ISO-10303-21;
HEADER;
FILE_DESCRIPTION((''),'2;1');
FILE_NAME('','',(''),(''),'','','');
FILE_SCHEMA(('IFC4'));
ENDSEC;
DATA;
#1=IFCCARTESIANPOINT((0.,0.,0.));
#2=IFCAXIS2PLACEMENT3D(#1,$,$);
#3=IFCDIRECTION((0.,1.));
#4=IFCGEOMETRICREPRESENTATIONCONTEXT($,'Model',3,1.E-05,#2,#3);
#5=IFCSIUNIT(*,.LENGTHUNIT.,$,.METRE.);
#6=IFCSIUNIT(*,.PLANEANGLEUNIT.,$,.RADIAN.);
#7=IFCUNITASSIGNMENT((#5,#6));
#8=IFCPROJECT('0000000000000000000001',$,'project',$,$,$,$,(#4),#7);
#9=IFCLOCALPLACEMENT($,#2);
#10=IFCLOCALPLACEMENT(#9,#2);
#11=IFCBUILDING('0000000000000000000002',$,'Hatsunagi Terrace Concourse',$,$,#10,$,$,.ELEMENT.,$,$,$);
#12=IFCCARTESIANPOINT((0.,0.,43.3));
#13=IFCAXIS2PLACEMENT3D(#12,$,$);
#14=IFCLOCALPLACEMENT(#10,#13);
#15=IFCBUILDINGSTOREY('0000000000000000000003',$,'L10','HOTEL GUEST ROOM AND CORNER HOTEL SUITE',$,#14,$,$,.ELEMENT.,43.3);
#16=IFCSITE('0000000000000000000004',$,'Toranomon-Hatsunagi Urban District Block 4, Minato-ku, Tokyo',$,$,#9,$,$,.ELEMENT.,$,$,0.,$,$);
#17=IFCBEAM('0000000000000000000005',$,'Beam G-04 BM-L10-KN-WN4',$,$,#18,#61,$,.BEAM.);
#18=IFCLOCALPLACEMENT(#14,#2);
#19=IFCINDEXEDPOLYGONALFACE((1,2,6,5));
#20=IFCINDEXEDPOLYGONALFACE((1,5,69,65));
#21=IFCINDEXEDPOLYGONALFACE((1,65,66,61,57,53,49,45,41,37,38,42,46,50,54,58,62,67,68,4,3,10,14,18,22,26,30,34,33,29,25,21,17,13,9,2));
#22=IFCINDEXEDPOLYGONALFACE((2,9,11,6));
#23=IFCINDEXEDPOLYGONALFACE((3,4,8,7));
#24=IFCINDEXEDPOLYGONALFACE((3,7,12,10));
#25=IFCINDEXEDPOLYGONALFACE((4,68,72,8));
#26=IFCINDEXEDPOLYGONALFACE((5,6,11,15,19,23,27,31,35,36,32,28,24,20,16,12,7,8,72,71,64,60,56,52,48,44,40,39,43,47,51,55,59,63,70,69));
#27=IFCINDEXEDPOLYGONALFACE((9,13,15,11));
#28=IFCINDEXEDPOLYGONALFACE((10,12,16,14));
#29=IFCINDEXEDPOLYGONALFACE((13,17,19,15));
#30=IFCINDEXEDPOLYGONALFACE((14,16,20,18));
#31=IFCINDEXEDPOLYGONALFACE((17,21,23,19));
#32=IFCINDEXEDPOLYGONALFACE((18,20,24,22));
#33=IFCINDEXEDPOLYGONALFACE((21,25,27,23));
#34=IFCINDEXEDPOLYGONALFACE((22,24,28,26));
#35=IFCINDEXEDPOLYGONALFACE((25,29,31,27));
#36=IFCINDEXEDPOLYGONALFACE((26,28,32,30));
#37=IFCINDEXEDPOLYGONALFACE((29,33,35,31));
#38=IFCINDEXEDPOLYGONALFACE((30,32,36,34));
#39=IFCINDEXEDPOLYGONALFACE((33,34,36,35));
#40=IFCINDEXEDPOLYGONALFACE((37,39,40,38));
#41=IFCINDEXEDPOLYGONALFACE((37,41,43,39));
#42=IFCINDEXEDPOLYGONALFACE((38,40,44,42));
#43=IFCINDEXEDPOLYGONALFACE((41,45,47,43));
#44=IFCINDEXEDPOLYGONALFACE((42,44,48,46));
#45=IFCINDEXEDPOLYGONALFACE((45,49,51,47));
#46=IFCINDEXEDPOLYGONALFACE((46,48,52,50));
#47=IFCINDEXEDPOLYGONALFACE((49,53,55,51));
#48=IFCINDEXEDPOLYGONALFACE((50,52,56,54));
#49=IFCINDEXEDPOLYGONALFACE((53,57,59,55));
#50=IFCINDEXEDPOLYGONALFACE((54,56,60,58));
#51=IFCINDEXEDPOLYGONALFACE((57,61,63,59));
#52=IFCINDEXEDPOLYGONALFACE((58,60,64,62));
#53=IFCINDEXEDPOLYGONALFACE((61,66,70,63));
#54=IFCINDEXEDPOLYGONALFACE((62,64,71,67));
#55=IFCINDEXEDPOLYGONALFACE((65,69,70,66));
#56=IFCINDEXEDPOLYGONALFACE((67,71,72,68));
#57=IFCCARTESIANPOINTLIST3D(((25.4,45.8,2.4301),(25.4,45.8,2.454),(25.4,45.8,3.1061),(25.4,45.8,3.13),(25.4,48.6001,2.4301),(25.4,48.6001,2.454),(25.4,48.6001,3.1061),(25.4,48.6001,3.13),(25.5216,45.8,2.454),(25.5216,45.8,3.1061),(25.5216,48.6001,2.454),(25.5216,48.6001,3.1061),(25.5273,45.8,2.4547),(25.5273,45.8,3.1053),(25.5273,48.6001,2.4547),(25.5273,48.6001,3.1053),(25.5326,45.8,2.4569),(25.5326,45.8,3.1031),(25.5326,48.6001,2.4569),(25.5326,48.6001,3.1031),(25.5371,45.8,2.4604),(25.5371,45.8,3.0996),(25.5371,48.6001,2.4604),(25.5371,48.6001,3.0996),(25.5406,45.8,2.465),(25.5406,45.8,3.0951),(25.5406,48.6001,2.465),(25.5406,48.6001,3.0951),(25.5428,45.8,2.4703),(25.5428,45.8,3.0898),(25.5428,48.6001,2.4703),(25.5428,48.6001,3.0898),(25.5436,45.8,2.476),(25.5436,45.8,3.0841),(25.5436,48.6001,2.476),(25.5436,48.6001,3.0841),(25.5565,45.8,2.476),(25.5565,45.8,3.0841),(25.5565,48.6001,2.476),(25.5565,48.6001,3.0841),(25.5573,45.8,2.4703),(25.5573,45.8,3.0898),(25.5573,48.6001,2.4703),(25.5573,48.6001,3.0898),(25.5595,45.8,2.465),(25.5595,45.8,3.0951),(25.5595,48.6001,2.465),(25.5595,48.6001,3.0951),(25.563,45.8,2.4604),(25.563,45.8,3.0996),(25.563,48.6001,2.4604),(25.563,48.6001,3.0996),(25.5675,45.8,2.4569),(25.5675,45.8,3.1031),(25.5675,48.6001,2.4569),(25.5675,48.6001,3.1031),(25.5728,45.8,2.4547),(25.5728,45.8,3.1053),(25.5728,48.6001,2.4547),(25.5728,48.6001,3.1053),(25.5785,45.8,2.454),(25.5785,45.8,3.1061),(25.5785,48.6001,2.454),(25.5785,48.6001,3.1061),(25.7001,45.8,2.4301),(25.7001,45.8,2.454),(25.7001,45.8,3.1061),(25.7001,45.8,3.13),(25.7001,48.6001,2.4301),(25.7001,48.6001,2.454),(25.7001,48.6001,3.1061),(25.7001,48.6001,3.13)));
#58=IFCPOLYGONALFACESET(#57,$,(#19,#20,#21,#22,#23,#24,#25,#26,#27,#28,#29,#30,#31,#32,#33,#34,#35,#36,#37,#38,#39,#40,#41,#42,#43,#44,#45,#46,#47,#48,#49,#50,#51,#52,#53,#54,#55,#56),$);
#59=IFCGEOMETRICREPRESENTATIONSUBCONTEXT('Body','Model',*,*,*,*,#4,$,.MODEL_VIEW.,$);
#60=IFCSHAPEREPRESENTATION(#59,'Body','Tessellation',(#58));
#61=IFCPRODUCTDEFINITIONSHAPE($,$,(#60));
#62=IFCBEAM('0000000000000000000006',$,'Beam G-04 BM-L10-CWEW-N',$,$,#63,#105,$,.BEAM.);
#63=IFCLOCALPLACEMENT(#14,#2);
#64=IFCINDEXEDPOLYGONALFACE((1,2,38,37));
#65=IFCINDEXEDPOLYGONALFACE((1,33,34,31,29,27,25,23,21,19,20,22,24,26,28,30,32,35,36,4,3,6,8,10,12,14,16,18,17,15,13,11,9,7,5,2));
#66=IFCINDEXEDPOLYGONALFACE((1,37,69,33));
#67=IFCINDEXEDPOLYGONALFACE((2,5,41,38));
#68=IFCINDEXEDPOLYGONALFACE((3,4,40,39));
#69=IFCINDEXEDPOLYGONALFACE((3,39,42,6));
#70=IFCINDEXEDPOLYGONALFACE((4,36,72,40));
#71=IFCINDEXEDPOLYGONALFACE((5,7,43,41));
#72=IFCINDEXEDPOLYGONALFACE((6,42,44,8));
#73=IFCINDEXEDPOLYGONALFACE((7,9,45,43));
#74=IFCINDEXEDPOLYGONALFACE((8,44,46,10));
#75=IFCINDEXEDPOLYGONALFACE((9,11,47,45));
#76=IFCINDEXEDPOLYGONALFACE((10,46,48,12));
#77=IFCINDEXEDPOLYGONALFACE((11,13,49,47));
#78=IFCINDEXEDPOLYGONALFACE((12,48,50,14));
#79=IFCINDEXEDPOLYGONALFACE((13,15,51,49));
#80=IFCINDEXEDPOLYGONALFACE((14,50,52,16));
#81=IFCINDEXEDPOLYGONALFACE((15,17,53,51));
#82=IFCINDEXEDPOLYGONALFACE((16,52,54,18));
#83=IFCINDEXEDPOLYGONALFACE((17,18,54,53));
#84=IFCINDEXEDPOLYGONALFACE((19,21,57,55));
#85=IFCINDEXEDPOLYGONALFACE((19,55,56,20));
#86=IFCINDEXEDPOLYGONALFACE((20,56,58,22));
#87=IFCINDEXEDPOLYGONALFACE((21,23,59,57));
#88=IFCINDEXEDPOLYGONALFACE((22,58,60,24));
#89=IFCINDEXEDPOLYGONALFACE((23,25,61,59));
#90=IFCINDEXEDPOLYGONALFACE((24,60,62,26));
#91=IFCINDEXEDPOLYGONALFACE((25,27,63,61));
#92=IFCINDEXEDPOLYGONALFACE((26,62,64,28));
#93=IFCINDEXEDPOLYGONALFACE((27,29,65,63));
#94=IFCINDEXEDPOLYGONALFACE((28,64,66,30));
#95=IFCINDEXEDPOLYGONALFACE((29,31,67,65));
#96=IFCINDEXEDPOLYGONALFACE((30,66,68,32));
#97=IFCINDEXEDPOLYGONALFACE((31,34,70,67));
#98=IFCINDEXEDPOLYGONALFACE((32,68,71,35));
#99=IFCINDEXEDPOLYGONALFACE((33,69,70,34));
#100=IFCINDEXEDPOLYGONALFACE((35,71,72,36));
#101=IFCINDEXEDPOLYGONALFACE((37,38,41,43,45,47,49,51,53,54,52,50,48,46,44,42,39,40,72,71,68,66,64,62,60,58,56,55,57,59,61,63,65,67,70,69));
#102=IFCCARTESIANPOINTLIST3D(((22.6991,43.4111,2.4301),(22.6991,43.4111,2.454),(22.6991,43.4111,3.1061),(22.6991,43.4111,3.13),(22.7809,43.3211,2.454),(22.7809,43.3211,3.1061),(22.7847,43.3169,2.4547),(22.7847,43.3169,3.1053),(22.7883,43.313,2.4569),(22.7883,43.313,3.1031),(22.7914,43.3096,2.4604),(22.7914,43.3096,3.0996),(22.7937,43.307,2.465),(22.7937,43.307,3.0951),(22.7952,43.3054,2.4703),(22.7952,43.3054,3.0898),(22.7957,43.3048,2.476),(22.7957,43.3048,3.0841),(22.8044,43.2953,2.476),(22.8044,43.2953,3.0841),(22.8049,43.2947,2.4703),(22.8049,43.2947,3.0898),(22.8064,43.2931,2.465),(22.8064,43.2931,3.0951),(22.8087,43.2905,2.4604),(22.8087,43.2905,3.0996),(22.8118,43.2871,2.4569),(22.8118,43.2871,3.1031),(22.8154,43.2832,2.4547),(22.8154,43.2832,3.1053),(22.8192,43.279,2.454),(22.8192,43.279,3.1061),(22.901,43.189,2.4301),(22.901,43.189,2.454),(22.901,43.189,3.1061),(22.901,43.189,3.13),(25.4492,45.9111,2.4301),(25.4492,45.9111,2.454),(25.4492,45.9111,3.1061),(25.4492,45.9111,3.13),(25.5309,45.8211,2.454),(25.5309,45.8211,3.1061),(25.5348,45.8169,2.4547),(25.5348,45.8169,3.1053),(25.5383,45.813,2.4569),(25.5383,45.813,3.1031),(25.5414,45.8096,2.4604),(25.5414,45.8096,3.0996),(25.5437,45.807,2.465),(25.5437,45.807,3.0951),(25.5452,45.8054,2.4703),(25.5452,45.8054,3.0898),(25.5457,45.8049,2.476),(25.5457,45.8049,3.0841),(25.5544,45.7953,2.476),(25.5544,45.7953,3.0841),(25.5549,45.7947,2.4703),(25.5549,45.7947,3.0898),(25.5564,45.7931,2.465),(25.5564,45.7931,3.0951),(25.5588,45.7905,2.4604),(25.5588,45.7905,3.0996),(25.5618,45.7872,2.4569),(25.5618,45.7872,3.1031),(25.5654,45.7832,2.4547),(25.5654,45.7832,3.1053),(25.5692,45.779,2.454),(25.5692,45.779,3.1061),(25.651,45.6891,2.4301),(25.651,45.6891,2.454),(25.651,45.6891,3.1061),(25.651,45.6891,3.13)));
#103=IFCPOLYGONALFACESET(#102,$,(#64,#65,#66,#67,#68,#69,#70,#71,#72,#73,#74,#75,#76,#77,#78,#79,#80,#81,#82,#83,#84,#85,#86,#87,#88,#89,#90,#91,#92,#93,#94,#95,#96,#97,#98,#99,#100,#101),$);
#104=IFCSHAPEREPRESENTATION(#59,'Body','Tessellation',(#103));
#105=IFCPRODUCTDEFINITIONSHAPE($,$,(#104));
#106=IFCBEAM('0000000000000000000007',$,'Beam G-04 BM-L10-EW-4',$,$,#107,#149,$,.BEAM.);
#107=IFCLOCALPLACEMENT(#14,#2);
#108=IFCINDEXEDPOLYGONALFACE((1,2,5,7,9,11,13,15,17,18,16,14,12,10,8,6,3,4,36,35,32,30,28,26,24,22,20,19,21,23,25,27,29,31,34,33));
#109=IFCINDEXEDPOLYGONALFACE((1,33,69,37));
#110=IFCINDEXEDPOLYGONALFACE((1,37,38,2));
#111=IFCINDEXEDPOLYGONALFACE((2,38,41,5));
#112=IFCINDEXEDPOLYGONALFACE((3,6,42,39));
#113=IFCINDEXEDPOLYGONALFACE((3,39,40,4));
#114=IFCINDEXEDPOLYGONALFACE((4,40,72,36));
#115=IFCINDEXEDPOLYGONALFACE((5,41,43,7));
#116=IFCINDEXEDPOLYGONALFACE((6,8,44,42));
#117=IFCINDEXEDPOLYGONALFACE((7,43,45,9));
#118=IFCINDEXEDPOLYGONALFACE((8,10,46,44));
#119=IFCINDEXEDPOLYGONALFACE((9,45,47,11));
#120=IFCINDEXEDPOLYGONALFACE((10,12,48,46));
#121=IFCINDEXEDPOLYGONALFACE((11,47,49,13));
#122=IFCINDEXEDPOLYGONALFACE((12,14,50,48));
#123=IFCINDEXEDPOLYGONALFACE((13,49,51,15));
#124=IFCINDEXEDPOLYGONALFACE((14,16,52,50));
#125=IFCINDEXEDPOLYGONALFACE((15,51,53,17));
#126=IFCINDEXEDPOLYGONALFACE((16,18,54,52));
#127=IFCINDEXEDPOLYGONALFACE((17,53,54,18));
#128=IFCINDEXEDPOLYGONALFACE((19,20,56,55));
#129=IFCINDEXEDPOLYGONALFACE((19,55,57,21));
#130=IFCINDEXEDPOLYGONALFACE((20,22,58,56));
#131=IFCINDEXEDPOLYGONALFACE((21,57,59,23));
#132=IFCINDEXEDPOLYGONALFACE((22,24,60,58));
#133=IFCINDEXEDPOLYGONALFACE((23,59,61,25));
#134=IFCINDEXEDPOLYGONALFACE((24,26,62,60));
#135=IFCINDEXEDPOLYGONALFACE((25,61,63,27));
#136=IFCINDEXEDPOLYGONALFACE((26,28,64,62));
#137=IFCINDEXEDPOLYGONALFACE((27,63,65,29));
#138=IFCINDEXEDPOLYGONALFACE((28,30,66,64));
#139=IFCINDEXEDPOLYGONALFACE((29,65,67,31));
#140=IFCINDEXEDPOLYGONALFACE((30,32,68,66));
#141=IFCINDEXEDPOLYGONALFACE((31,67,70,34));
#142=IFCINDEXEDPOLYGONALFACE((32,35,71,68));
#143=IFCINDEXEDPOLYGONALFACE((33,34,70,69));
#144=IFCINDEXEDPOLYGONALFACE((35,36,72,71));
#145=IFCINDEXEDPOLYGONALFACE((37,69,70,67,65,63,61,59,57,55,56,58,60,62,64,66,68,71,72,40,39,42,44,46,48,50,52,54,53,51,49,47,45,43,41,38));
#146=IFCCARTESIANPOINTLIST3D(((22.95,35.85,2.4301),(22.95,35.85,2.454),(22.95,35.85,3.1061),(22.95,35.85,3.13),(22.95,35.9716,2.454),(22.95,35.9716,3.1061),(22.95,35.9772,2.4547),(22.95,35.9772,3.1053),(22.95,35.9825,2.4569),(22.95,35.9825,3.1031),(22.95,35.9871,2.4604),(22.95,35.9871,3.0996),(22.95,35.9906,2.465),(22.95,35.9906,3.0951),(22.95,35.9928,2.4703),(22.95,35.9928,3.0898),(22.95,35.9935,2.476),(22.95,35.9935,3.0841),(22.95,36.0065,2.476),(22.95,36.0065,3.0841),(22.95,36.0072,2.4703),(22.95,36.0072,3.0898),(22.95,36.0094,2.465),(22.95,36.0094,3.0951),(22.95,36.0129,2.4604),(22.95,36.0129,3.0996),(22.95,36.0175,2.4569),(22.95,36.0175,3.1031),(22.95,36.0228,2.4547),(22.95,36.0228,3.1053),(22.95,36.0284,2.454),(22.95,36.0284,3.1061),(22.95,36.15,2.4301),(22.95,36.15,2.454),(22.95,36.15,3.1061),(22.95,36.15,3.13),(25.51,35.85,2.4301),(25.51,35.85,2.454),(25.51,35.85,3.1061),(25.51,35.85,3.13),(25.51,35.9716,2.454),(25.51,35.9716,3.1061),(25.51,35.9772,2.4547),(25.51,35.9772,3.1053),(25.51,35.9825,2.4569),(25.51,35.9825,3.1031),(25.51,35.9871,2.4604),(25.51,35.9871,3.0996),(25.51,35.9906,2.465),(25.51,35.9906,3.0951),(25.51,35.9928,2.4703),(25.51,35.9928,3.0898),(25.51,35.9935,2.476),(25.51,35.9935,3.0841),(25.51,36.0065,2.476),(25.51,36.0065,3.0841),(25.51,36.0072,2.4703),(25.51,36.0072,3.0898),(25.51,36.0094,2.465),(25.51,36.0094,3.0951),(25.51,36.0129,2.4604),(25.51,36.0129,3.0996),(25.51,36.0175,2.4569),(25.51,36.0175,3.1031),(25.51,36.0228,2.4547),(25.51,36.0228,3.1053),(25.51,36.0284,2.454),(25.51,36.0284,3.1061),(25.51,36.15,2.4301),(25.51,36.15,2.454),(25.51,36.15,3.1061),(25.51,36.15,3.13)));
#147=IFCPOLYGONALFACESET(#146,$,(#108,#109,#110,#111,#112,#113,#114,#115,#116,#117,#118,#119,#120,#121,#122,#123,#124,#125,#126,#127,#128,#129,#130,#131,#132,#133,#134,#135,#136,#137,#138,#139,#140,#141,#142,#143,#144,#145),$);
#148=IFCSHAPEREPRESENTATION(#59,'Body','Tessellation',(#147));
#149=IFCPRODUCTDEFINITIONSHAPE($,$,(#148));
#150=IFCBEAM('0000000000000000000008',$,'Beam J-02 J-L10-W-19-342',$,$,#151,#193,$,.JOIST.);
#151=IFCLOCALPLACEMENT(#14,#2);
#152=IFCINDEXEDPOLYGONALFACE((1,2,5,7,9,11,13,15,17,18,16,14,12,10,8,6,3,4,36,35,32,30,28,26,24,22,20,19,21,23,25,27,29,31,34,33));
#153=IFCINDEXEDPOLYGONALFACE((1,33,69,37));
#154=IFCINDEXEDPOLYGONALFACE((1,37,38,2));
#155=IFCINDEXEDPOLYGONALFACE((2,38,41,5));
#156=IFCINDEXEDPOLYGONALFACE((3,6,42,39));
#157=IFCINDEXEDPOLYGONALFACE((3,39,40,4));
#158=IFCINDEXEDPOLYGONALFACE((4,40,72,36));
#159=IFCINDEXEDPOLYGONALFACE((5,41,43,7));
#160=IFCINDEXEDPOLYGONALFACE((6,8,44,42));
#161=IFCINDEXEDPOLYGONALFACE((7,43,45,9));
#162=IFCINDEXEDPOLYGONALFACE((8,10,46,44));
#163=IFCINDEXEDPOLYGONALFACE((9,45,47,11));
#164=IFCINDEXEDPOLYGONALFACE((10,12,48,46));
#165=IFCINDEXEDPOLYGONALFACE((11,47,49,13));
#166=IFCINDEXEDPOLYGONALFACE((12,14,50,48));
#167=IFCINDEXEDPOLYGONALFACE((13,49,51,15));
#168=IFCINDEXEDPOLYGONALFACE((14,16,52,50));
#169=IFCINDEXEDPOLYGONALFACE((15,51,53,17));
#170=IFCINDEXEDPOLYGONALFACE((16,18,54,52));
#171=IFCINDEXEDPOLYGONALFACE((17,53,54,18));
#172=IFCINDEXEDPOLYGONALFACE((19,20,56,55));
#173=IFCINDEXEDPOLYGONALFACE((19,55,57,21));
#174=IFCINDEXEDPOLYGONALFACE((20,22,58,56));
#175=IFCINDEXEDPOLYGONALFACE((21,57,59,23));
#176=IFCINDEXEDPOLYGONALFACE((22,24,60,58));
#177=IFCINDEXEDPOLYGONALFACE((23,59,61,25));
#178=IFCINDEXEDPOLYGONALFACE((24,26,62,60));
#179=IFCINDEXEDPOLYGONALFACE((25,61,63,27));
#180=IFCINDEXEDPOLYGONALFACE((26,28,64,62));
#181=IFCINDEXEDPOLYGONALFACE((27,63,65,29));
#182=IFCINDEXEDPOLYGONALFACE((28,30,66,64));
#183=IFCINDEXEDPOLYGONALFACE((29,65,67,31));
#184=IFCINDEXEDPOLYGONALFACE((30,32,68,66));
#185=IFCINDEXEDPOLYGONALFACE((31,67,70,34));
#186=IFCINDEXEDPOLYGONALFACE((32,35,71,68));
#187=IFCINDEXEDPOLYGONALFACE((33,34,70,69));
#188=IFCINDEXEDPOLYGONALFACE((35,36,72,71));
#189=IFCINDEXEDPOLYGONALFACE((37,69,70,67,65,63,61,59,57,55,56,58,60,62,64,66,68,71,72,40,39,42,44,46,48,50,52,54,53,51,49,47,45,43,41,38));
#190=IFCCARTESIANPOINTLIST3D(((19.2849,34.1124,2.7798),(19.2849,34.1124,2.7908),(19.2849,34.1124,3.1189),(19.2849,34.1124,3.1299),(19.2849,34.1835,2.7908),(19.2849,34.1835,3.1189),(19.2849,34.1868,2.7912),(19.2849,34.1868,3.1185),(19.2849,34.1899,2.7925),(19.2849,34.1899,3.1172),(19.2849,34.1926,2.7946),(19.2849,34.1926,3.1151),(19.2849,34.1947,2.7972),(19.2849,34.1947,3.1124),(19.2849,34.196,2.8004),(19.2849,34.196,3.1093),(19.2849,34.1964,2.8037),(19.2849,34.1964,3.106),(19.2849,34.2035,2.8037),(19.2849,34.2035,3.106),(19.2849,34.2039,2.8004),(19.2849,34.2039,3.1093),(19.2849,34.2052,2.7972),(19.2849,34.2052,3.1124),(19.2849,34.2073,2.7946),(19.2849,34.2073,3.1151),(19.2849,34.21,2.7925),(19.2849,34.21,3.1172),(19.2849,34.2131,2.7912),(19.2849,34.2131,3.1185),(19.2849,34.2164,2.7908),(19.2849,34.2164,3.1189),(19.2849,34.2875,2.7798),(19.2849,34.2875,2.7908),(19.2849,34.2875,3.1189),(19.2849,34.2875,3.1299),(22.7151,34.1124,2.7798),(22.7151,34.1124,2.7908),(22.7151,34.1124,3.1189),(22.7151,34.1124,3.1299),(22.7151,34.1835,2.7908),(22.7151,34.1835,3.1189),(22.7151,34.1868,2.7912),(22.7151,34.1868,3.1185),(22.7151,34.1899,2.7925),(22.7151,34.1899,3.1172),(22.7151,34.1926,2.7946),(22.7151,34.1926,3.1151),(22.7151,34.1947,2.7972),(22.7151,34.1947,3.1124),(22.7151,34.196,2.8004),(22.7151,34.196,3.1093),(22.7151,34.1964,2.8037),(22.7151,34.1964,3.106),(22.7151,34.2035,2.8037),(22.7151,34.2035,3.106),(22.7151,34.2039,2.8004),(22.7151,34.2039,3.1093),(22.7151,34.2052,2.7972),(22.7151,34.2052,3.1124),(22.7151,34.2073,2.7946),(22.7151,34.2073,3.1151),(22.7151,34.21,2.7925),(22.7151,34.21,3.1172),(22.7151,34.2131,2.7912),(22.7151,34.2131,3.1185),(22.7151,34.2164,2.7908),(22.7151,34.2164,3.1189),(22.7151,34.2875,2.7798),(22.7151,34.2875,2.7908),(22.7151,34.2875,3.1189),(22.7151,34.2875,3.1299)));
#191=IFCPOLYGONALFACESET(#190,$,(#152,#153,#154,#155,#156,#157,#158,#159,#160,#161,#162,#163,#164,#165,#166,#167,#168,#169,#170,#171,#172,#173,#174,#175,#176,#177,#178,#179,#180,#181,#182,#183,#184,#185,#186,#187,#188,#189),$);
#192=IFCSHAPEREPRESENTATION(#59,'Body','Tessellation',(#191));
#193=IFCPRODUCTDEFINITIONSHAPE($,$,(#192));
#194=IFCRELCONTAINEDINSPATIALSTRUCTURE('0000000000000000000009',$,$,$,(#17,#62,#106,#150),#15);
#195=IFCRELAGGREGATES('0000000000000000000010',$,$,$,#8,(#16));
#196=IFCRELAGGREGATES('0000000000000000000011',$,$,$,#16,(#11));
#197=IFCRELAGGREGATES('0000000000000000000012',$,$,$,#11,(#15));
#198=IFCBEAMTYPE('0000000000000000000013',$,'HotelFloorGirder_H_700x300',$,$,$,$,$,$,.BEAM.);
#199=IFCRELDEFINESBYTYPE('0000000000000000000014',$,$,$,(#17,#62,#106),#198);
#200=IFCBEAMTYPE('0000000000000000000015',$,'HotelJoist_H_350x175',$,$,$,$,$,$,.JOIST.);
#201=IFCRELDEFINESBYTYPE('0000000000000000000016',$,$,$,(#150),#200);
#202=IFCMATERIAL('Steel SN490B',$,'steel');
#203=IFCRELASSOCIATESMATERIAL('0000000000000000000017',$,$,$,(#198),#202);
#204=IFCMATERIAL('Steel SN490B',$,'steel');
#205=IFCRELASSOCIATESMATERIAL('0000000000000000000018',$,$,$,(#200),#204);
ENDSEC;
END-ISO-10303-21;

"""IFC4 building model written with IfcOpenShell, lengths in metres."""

from ifc_helpers import new_model, si_unit, direction, frame, origin, origin_2d, place, context, subcontext, project, spatial, i_section, extrude, material, material_profile, profile_set, type_object, element, save


model = new_model("IFC4")

# Units and contexts
model_context = context("Model", 3, precision=1e-05, world=origin(), true_north=direction((0.0, 1.0)))
body_context = subcontext(model_context, "Body", "Model", "MODEL_VIEW")
ifc_project = project(units=[si_unit("LENGTHUNIT", "METRE"), si_unit("PLANEANGLEUNIT", "RADIAN")], contexts=[model_context])

# Site, building, storey
site_placement = place(None, origin())
site = spatial("IfcSite", under=ifc_project, at=site_placement, Name="Toranomon-Hatsunagi Urban District Block 4, Minato-ku, Tokyo", CompositionType="ELEMENT", RefElevation=0.0)
building_placement = place(site_placement, origin())
building = spatial("IfcBuilding", under=site, at=building_placement, Name="Hatsunagi Terrace Concourse", CompositionType="ELEMENT")
storey_placement = place(building_placement, frame((0.0, 0.0, 43.3)))
storey = spatial("IfcBuildingStorey", under=building, at=storey_placement, Name="L10", Description="HOTEL GUEST ROOM AND CORNER HOTEL SUITE", CompositionType="ELEMENT", Elevation=43.3)

# Beams
ifc_material_1 = material(Name="Steel SN490B", Category="steel")
ifc_material_profile_1 = material_profile(ifc_material_1, i_section(OverallWidth=0.3, OverallDepth=0.7, WebThickness=0.0129, FlangeThickness=0.0239, FilletRadius=0.022, at=origin_2d()), Name="H-700x300x13x24")
ifc_profile_set_1 = profile_set([ifc_material_profile_1], Name="Steel SN490B")
beam_type_1 = type_object("IfcBeamType", Name="HotelFloorGirder_H_700x300", PredefinedType="BEAM", material=ifc_profile_set_1)
beam_1_placement = place(storey_placement, frame((25.55, 45.8, 2.78), z_axis=(0.0, 1.0, 0.0), x_axis=(-1.0, 0.0, 0.0)))
element("IfcBeam", 1, at=beam_1_placement, inside=storey, type_object=beam_type_1, Name="Beam G-04 BM-L10-KN-WN4", PredefinedType="BEAM", context=body_context, shape_type="SweptSolid", body=[
    extrude(i_section(OverallWidth=0.3, OverallDepth=0.7, WebThickness=0.0129, FlangeThickness=0.0239, FilletRadius=0.022, at=origin_2d()), origin(), (0.0, 0.0, 1.0), 2.8),
])
beam_2_placement = place(storey_placement, frame((22.8, 43.3, 2.78), z_axis=(0.73994, 0.672673, 0.0), x_axis=(-0.672673, 0.73994, 0.0)))
element("IfcBeam", 2, at=beam_2_placement, inside=storey, type_object=beam_type_1, Name="Beam G-04 BM-L10-CWEW-N", PredefinedType="BEAM", context=body_context, shape_type="SweptSolid", body=[
    extrude(i_section(OverallWidth=0.3, OverallDepth=0.7, WebThickness=0.0129, FlangeThickness=0.0239, FilletRadius=0.022, at=origin_2d()), origin(), (0.0, 0.0, 1.0), 3.7166),
])
beam_3_placement = place(storey_placement, frame((22.95, 36.0, 2.78), z_axis=(1.0, 0.0, 0.0), x_axis=(0.0, 1.0, 0.0)))
element("IfcBeam", 3, at=beam_3_placement, inside=storey, type_object=beam_type_1, Name="Beam G-04 BM-L10-EW-4", PredefinedType="BEAM", context=body_context, shape_type="SweptSolid", body=[
    extrude(i_section(OverallWidth=0.3, OverallDepth=0.7, WebThickness=0.0129, FlangeThickness=0.0239, FilletRadius=0.022, at=origin_2d()), origin(), (0.0, 0.0, 1.0), 2.5601),
])
ifc_material_2 = material(Name="Steel SN490B", Category="steel")
ifc_material_profile_2 = material_profile(ifc_material_2, i_section(OverallWidth=0.175, OverallDepth=0.3501, WebThickness=0.0071, FlangeThickness=0.011, FilletRadius=0.0129, at=origin_2d()), Name="H-350x175x7x11")
ifc_profile_set_2 = profile_set([ifc_material_profile_2], Name="Steel SN490B")
beam_type_2 = type_object("IfcBeamType", Name="HotelJoist_H_350x175", PredefinedType="JOIST", material=ifc_profile_set_2)
for number, where, z_axis, x_axis, name in (
    (4, (19.2849, 34.2, 2.9548), (1.0, 0.0, 0.0), (0.0, 1.0, 0.0), "Beam J-02 J-L10-W-19-342"),
):
    element("IfcBeam", number, at=place(storey_placement, frame(where, z_axis=z_axis, x_axis=x_axis)), inside=storey, type_object=beam_type_2, Name=name, PredefinedType="JOIST", context=body_context, shape_type="SweptSolid", body=[
        extrude(i_section(OverallWidth=0.175, OverallDepth=0.3501, WebThickness=0.0071, FlangeThickness=0.011, FilletRadius=0.0129, at=origin_2d()), origin(), (0.0, 0.0, 1.0), 3.4302),
    ])

save(model, "model.ifc")
